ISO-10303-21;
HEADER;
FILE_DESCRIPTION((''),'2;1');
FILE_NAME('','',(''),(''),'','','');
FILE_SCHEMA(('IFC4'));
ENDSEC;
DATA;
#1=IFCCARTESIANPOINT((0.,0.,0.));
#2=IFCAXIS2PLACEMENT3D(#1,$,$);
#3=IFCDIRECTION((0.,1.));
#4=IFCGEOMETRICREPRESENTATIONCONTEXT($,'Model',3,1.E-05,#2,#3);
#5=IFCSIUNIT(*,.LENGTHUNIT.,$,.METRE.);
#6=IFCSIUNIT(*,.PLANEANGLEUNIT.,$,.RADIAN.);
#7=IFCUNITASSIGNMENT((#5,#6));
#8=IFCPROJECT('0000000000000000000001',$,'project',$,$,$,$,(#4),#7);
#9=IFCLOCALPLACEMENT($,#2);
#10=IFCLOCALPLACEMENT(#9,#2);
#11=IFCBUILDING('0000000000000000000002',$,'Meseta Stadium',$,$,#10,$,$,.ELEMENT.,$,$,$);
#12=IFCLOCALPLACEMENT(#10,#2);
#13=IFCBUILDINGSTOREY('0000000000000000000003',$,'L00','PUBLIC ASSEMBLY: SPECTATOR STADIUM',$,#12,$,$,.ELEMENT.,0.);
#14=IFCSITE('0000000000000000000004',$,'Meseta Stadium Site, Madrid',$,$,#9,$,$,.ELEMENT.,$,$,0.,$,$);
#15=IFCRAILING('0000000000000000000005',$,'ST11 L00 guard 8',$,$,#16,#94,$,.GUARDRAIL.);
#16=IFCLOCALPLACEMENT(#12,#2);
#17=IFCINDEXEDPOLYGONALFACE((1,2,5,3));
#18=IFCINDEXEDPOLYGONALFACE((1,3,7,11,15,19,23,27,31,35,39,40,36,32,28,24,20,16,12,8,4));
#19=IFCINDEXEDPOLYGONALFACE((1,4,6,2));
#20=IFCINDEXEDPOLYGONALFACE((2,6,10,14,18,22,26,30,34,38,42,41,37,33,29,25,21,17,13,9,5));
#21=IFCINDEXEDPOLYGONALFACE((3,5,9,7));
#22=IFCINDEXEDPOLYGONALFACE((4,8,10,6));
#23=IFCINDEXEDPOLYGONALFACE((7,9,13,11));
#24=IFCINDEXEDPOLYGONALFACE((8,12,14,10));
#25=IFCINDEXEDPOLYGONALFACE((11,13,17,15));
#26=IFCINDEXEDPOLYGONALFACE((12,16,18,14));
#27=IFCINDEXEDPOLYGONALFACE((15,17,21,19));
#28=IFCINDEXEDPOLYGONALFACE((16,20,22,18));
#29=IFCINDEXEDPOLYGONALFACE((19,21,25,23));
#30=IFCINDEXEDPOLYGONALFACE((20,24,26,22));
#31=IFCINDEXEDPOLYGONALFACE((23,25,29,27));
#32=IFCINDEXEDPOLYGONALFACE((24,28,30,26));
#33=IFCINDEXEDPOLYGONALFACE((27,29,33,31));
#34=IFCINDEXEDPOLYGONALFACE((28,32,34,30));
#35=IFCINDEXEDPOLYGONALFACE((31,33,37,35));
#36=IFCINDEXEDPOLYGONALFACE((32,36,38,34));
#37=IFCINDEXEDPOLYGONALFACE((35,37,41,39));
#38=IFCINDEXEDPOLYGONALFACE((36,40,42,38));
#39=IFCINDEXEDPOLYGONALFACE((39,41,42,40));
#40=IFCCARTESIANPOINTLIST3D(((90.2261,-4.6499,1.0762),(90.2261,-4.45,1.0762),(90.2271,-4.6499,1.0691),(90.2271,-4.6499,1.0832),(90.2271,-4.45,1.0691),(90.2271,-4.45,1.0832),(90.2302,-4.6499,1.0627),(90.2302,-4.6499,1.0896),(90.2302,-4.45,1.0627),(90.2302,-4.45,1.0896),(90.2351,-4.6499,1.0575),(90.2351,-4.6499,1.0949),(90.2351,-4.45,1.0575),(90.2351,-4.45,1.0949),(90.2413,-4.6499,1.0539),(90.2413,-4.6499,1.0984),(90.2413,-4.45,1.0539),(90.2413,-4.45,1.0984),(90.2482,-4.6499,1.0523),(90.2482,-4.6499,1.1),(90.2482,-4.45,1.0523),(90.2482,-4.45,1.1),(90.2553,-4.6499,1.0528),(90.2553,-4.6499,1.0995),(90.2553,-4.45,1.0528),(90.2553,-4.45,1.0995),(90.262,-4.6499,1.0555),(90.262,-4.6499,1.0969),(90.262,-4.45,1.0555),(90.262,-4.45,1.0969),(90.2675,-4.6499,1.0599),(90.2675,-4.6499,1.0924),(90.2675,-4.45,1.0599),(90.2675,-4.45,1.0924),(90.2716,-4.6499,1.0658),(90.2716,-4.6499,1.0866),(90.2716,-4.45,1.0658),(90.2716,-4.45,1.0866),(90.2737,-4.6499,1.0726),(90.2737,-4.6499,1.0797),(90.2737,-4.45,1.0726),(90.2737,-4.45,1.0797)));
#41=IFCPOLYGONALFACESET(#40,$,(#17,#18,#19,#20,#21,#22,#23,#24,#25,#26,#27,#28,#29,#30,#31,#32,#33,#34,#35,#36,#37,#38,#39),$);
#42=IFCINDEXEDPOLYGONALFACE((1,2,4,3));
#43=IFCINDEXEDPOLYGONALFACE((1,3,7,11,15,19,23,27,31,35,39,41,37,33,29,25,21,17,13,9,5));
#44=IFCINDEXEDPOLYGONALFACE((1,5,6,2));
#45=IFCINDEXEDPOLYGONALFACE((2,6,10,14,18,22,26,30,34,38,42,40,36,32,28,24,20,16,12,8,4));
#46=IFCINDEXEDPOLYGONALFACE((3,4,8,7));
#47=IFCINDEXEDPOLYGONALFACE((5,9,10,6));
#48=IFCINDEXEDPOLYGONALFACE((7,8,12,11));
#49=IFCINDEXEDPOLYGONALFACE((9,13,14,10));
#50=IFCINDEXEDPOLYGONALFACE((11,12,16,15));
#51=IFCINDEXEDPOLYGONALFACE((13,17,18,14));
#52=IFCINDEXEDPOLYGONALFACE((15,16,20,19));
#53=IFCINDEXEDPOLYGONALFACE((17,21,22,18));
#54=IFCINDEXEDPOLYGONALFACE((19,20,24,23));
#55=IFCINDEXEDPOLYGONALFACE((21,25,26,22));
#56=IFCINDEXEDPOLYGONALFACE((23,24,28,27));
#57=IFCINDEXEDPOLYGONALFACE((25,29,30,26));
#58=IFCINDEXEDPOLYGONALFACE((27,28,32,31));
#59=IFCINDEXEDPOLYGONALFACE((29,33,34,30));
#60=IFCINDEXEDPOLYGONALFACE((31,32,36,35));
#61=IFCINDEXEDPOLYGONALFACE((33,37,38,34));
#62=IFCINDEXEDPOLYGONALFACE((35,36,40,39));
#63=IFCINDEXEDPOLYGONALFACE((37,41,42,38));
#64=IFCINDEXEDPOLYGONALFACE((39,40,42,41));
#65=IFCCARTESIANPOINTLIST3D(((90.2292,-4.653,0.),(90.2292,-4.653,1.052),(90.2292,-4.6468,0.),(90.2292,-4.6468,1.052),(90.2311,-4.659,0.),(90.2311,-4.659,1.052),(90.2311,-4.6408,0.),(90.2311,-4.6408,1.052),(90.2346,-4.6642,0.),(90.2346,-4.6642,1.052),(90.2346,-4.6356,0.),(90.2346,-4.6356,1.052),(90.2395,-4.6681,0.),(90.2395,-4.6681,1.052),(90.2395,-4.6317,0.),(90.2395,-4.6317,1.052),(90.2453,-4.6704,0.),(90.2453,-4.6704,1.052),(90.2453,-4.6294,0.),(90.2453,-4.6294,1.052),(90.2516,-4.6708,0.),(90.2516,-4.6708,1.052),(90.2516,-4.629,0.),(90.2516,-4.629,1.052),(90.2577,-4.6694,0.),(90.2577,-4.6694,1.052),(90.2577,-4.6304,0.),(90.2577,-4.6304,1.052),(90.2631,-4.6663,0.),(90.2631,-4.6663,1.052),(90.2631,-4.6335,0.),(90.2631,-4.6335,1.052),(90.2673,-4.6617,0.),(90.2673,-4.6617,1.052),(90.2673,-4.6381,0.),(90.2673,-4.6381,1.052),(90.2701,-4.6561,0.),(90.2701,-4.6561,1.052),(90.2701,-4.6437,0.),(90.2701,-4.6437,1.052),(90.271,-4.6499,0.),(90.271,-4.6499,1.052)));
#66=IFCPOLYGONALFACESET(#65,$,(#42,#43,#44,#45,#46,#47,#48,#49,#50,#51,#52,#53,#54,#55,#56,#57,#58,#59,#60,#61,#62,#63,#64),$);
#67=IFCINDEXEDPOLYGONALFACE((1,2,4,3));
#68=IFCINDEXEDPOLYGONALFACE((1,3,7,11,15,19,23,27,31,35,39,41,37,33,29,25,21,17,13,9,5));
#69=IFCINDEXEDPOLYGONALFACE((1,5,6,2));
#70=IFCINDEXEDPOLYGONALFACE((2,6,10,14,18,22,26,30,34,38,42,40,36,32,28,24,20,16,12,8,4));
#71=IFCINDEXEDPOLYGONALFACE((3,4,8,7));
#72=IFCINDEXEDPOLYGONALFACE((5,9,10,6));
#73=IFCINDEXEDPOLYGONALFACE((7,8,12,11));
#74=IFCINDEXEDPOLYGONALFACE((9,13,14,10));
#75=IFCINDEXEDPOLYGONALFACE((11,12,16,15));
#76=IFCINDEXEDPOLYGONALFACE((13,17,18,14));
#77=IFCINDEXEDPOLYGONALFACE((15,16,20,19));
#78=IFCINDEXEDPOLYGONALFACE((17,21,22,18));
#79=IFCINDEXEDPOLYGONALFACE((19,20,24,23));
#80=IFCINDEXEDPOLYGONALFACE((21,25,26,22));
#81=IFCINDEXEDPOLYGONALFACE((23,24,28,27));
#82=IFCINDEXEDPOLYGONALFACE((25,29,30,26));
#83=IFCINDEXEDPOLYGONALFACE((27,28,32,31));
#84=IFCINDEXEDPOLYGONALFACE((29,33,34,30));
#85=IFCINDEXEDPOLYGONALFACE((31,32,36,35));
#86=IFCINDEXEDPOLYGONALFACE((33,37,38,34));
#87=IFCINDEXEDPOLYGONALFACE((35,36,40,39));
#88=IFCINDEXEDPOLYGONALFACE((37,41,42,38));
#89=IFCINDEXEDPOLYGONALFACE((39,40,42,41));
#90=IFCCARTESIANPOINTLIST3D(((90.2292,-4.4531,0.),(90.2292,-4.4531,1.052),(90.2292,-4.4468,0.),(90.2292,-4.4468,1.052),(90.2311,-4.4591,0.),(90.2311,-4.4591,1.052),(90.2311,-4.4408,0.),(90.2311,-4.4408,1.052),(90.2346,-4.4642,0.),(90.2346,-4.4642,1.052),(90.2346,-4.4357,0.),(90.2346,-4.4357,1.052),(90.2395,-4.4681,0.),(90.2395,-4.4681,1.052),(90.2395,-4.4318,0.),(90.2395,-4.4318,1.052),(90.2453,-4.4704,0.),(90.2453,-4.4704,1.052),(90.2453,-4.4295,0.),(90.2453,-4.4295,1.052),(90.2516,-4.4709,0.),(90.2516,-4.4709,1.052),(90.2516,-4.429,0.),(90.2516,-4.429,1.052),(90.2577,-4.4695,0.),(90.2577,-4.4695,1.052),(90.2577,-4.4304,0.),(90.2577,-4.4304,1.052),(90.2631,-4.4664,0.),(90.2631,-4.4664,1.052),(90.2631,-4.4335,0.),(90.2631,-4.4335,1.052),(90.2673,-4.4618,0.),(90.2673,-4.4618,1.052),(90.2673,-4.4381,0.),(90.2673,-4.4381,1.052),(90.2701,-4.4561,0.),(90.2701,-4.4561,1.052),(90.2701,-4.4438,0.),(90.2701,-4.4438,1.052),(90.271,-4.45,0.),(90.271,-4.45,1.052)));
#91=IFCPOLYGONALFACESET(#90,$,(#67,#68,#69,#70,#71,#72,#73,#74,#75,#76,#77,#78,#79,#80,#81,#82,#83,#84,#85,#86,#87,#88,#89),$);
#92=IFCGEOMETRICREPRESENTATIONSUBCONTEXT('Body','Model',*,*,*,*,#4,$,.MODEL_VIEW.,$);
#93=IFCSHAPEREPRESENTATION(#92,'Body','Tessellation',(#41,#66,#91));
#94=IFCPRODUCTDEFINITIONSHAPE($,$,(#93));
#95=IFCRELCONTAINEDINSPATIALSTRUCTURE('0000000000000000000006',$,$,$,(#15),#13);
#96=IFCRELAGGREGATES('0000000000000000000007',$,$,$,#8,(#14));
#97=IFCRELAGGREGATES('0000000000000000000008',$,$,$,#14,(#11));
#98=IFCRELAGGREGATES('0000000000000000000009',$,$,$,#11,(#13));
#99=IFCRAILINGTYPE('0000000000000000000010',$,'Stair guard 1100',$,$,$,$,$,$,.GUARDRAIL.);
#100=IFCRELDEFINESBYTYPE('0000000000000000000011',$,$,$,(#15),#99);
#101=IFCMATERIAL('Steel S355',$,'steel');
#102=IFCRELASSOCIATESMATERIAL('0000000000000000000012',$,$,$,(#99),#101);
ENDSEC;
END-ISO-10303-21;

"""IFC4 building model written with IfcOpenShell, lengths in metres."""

from ifc_helpers import new_model, si_unit, direction, frame, origin, origin_2d, place, context, subcontext, project, spatial, circle, extrude, material, type_object, element, save


model = new_model("IFC4")

# Units and contexts
model_context = context("Model", 3, precision=1e-05, world=origin(), true_north=direction((0.0, 1.0)))
body_context = subcontext(model_context, "Body", "Model", "MODEL_VIEW")
ifc_project = project(units=[si_unit("LENGTHUNIT", "METRE"), si_unit("PLANEANGLEUNIT", "RADIAN")], contexts=[model_context])

# Site, building, storey
site_placement = place(None, origin())
site = spatial("IfcSite", under=ifc_project, at=site_placement, Name="Meseta Stadium Site, Madrid", CompositionType="ELEMENT", RefElevation=0.0)
building_placement = place(site_placement, origin())
building = spatial("IfcBuilding", under=site, at=building_placement, Name="Meseta Stadium", CompositionType="ELEMENT")
storey_placement = place(building_placement, origin())
storey = spatial("IfcBuildingStorey", under=building, at=storey_placement, Name="L00", Description="PUBLIC ASSEMBLY: SPECTATOR STADIUM", CompositionType="ELEMENT", Elevation=0.0)

# Railing
ifc_material_1 = material(Name="Steel S355", Category="steel")
railing_type_1 = type_object("IfcRailingType", Name="Stair guard 1100", PredefinedType="GUARDRAIL", material=ifc_material_1)
railing_1_placement = place(storey_placement, frame((90.25, -4.6499, 0.0)))
element("IfcRailing", 1, at=railing_1_placement, inside=storey, type_object=railing_type_1, Name="ST11 L00 guard 8", PredefinedType="GUARDRAIL", context=body_context, shape_type="SweptSolid", body=[
    extrude(circle(Radius=0.0239, at=origin_2d()), frame((0.0, 0.0, 1.0762), z_axis=(0.0, 1.0, 0.0), x_axis=(-1.0, 0.0, 0.0)), (0.0, 0.0, 1.0), 0.2),
    extrude(circle(Radius=0.021, at=origin_2d()), origin(), (0.0, 0.0, 1.0), 1.052),
    extrude(circle(Radius=0.021, at=origin_2d()), frame((0.0, 0.2, 0.0)), (0.0, 0.0, 1.0), 1.052),
])

save(model, "model.ifc")
